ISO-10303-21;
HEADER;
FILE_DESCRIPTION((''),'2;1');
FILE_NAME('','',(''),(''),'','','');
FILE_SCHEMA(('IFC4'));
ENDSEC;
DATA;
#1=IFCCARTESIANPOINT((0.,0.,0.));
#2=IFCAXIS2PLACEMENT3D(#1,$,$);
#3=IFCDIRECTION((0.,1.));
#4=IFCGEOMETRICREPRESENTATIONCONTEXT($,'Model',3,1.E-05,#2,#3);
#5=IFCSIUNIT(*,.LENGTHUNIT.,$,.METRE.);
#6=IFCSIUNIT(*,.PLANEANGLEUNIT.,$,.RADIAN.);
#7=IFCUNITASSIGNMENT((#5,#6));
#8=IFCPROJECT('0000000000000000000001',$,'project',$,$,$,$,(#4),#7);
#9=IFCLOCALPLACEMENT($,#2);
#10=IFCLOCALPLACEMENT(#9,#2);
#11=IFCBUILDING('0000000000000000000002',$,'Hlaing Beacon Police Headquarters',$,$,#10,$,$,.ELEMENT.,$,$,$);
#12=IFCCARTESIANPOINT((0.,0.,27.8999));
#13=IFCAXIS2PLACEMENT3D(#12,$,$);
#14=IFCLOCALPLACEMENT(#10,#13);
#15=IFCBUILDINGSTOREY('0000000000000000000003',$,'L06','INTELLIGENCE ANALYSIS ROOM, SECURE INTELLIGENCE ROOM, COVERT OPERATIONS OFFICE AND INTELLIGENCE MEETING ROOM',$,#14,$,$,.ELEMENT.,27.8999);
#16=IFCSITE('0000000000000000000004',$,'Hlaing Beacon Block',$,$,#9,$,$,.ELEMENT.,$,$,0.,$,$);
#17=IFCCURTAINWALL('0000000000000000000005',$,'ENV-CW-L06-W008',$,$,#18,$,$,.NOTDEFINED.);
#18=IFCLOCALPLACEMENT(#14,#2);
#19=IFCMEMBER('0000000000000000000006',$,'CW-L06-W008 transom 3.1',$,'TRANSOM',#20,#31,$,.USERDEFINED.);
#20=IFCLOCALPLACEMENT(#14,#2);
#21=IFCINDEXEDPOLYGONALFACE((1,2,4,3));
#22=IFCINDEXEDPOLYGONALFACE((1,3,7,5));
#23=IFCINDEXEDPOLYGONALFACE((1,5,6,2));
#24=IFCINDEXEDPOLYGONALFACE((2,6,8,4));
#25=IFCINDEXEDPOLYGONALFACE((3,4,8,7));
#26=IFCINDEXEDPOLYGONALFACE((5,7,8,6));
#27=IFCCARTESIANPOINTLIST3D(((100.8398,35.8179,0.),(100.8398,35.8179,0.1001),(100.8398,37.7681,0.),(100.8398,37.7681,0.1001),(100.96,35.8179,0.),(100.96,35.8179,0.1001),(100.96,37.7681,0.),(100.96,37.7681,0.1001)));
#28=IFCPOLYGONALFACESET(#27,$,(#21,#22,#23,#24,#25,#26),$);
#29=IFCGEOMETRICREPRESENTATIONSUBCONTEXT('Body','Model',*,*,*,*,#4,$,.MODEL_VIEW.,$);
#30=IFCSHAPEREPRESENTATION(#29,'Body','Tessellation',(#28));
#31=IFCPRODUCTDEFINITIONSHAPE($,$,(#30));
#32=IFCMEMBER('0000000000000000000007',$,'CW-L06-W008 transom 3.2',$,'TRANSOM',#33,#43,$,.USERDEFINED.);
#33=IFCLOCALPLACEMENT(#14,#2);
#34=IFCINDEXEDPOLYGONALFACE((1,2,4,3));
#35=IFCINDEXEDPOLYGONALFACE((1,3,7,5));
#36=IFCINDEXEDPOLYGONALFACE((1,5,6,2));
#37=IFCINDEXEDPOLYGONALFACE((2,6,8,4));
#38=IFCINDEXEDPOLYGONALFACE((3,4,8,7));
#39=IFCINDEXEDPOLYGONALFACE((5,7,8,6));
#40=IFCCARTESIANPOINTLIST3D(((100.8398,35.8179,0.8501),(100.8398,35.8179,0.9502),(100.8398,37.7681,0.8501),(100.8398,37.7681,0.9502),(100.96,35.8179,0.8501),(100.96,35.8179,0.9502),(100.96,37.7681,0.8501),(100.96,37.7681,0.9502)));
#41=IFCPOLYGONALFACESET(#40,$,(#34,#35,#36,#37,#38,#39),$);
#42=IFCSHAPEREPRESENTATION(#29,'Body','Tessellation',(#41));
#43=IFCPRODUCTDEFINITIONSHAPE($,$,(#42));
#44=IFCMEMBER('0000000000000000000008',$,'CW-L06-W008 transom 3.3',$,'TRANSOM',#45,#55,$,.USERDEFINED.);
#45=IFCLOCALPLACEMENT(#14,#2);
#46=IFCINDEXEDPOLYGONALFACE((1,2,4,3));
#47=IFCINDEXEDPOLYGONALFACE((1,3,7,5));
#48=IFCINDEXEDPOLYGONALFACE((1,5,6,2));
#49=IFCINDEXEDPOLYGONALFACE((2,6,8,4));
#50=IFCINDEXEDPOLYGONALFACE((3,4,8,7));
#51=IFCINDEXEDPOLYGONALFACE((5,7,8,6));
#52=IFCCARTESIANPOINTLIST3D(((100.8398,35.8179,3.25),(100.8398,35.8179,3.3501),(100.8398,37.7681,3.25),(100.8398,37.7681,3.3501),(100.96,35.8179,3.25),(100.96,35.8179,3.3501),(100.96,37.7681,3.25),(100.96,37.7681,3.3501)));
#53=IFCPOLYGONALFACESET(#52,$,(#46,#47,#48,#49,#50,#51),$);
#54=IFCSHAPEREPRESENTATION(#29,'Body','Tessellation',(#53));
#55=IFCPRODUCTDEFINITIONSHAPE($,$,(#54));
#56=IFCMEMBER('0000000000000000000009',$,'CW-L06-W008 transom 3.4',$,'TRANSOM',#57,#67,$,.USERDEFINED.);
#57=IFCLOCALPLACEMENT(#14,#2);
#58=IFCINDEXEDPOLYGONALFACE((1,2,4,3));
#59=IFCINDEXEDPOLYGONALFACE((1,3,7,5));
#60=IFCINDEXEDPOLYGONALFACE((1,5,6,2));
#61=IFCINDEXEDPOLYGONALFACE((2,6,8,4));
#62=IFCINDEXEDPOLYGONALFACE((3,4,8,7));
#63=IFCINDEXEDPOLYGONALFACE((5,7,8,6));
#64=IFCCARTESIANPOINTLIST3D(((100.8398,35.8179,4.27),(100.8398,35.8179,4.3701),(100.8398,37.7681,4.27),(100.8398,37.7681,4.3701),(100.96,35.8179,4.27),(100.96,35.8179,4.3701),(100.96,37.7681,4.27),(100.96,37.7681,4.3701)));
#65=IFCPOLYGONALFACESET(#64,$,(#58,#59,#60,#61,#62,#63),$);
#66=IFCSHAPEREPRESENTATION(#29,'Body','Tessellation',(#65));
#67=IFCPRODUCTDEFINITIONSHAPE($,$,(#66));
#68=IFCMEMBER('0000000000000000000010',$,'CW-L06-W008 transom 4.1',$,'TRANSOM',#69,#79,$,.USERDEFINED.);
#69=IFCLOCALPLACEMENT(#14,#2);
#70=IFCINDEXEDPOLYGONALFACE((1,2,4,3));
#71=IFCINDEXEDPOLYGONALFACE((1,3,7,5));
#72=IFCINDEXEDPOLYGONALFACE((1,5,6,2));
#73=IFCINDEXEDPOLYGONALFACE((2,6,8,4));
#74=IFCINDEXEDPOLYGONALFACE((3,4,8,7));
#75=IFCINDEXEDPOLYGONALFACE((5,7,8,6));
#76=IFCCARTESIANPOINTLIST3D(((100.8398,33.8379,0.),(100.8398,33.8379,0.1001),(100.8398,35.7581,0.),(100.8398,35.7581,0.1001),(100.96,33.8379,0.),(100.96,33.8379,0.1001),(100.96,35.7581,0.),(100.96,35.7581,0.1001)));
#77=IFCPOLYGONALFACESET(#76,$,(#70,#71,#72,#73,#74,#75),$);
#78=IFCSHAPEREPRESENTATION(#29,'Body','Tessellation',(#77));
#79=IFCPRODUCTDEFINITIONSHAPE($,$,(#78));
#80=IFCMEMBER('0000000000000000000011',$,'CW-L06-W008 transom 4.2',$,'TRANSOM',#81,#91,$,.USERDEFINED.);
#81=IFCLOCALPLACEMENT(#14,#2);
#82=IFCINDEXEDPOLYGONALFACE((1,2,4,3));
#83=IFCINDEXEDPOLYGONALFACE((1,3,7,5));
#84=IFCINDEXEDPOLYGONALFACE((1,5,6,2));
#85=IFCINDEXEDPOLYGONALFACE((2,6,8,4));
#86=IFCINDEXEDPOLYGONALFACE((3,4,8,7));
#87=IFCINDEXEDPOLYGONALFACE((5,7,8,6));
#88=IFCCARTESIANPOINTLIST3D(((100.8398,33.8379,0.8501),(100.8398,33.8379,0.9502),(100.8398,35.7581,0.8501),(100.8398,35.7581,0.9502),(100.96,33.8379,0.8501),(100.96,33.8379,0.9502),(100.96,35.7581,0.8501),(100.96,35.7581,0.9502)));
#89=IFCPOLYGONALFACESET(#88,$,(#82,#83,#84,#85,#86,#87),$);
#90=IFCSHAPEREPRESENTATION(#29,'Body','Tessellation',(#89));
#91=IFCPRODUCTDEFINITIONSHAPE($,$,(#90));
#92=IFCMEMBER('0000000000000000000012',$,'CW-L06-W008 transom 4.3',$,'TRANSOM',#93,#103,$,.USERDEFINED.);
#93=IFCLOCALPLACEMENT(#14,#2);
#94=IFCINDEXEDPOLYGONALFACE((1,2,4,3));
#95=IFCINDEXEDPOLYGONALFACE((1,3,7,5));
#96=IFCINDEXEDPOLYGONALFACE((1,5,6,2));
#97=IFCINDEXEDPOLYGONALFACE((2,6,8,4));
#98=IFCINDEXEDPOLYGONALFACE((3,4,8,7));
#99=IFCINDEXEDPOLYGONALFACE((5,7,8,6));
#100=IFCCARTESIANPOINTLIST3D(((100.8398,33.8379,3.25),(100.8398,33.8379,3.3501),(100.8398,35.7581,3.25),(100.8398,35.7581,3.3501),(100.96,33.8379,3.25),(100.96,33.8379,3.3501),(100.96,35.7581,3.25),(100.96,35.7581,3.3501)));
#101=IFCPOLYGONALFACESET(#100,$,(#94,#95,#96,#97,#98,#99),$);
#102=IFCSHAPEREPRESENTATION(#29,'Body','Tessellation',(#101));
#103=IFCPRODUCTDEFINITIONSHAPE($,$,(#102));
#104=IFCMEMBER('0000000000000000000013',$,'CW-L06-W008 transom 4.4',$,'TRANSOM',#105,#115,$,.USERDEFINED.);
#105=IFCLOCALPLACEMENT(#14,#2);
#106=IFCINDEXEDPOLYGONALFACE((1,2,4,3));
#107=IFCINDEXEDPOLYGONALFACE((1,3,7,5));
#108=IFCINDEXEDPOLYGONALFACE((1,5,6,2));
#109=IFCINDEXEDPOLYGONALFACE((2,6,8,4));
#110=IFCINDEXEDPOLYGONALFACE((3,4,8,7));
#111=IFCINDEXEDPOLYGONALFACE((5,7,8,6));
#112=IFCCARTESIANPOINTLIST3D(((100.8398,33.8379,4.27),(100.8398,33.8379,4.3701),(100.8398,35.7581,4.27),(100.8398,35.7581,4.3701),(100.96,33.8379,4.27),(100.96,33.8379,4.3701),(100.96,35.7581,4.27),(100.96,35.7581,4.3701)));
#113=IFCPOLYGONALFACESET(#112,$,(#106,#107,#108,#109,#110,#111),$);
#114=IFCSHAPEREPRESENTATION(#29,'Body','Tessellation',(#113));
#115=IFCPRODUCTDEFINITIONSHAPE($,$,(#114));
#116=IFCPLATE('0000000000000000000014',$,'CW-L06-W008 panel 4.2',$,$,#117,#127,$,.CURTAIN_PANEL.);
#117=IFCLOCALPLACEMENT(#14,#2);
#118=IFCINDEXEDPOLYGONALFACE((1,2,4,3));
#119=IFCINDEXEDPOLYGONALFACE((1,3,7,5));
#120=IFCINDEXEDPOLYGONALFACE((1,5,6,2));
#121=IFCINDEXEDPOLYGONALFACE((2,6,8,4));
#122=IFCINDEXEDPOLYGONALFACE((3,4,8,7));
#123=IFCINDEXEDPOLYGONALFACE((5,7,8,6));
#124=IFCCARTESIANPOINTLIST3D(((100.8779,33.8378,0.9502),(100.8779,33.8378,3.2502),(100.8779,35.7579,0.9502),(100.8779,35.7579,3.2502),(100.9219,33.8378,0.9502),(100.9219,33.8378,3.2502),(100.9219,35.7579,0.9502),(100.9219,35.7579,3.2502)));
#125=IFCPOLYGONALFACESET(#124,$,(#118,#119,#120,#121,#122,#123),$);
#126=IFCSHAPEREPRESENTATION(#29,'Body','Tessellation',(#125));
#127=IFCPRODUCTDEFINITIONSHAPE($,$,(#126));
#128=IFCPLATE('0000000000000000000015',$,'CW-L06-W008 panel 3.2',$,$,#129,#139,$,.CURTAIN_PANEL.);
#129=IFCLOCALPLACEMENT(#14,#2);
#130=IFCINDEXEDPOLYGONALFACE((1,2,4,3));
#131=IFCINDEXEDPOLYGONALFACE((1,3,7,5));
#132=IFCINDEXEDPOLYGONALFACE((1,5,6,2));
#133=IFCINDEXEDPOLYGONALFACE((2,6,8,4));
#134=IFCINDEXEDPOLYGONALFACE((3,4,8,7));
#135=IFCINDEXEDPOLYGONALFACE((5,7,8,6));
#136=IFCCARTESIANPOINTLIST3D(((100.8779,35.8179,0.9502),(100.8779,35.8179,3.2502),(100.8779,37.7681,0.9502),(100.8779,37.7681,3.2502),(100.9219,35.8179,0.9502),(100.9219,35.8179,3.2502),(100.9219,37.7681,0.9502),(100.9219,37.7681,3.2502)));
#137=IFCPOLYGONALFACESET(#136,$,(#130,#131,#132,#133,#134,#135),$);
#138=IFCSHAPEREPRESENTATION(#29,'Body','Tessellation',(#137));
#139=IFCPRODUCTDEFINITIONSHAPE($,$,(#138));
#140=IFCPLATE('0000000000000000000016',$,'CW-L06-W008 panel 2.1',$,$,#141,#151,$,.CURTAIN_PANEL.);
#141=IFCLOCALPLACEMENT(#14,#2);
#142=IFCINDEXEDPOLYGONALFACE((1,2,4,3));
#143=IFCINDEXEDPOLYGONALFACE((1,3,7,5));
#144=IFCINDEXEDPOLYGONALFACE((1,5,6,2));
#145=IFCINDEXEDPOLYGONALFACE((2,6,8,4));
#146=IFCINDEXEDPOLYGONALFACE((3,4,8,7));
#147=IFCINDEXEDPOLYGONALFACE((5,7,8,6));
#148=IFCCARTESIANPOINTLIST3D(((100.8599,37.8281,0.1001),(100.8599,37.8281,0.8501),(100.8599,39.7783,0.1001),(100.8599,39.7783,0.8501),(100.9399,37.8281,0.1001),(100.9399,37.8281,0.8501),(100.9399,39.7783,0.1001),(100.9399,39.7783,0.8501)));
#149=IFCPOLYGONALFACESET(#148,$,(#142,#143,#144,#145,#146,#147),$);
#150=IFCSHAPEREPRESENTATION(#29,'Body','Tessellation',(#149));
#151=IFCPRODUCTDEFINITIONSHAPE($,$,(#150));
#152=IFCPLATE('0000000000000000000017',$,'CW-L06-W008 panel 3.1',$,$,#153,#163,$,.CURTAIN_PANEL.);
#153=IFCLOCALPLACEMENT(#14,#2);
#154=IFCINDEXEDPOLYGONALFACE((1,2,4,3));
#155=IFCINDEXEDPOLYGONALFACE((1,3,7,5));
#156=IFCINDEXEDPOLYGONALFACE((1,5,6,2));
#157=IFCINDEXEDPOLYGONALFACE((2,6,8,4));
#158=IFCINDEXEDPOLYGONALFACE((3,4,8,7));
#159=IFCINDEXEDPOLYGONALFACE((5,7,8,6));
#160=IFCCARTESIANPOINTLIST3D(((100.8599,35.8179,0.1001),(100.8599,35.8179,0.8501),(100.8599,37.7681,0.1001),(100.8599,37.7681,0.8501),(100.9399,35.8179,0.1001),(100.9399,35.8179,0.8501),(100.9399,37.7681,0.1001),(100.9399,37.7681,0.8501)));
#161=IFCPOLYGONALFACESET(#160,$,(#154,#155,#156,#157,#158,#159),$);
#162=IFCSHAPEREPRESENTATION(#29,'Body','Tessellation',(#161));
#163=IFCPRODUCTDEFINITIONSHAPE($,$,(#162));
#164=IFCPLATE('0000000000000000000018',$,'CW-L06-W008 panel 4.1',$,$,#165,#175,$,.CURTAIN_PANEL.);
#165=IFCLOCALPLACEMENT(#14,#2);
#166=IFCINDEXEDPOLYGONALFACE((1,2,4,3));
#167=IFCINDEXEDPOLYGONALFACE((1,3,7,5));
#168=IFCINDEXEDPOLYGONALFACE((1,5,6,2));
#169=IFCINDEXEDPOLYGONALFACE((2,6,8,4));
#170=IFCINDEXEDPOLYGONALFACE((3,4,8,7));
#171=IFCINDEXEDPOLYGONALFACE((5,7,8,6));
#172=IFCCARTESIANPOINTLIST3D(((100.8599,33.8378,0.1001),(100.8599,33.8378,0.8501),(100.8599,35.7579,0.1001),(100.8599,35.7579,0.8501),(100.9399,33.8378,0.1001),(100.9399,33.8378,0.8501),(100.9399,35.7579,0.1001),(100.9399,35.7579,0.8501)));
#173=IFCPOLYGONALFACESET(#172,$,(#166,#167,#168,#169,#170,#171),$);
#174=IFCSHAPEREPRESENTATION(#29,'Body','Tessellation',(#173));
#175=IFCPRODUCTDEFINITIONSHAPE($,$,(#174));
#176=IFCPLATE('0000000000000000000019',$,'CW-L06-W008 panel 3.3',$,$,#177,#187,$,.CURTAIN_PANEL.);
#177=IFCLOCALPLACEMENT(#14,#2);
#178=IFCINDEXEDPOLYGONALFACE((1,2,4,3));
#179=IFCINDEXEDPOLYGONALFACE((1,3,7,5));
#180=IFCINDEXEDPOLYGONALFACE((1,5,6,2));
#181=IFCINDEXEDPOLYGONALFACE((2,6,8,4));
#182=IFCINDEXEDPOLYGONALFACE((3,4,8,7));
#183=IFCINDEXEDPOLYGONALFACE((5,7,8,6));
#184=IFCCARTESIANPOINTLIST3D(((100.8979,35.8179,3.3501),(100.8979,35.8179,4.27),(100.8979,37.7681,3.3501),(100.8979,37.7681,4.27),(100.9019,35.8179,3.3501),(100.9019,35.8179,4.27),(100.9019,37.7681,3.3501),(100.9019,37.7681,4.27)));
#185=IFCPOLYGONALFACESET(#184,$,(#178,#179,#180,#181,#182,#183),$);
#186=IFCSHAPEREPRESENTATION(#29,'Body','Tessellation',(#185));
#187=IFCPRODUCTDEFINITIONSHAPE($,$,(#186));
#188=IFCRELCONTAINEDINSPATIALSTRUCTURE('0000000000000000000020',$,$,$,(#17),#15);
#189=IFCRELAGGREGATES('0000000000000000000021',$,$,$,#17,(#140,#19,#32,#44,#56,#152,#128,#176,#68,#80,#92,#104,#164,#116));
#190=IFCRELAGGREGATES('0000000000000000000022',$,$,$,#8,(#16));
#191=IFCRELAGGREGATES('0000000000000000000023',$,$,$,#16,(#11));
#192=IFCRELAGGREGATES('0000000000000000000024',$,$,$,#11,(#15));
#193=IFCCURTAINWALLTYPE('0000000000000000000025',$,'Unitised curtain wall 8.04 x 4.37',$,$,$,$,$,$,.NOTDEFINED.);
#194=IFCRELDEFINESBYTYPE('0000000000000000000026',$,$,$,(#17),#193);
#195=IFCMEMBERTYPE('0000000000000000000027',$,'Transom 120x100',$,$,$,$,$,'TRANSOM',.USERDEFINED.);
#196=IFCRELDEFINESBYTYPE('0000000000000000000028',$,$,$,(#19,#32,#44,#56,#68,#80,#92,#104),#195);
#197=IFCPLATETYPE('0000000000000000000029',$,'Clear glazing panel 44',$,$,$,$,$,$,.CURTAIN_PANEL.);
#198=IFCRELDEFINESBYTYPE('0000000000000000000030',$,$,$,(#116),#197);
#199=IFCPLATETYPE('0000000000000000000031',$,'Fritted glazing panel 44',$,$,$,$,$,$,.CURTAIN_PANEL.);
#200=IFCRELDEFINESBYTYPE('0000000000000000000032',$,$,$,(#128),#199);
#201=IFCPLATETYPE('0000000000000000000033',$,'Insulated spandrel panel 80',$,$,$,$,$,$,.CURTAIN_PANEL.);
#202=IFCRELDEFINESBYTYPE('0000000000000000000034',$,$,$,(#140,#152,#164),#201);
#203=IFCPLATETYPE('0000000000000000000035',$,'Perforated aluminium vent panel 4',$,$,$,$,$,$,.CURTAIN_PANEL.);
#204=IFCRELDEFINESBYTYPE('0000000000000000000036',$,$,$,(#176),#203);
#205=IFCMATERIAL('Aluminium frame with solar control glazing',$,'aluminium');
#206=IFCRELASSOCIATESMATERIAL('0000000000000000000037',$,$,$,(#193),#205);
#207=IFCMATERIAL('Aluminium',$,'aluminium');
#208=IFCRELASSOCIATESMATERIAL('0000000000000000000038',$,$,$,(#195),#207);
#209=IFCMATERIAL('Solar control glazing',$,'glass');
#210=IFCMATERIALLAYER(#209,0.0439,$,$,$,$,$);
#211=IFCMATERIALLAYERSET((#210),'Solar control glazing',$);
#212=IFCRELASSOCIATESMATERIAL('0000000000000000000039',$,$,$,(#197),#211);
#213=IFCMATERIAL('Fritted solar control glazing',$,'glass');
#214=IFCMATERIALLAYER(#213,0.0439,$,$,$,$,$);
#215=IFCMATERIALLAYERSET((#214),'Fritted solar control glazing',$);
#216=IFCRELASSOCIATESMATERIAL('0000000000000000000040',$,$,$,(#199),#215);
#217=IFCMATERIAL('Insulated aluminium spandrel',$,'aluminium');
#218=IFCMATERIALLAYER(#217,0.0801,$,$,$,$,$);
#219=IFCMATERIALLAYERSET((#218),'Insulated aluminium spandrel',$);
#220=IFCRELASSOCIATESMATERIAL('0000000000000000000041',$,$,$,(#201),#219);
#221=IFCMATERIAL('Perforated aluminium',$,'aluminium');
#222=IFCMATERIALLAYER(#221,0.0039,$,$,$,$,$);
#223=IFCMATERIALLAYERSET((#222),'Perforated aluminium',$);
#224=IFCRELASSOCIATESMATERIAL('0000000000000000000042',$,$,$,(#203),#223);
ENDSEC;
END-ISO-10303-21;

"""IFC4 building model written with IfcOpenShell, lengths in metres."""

from ifc_helpers import new_model, si_unit, direction, frame, origin, origin_2d, place, context, subcontext, project, spatial, rectangle, extrude, material, layer, layer_set, material_profile, profile_set, type_object, element, aggregate, save


model = new_model("IFC4")

# Units and contexts
model_context = context("Model", 3, precision=1e-05, world=origin(), true_north=direction((0.0, 1.0)))
body_context = subcontext(model_context, "Body", "Model", "MODEL_VIEW")
ifc_project = project(units=[si_unit("LENGTHUNIT", "METRE"), si_unit("PLANEANGLEUNIT", "RADIAN")], contexts=[model_context])

# Site, building, storey
site_placement = place(None, origin())
site = spatial("IfcSite", under=ifc_project, at=site_placement, Name="Hlaing Beacon Block", CompositionType="ELEMENT", RefElevation=0.0)
building_placement = place(site_placement, origin())
building = spatial("IfcBuilding", under=site, at=building_placement, Name="Hlaing Beacon Police Headquarters", CompositionType="ELEMENT")
storey_placement = place(building_placement, frame((0.0, 0.0, 27.8999)))
storey = spatial("IfcBuildingStorey", under=building, at=storey_placement, Name="L06", Description="INTELLIGENCE ANALYSIS ROOM, SECURE INTELLIGENCE ROOM, COVERT OPERATIONS OFFICE AND INTELLIGENCE MEETING ROOM", CompositionType="ELEMENT", Elevation=27.8999)

# Curtain wall
ifc_material_1 = material(Name="Aluminium frame with solar control glazing", Category="aluminium")
curtain_wall_type = type_object("IfcCurtainWallType", Name="Unitised curtain wall 8.04 x 4.37", PredefinedType="NOTDEFINED", material=ifc_material_1)
curtain_wall_placement = place(storey_placement, origin())
curtain_wall = element("IfcCurtainWall", 1, at=curtain_wall_placement, inside=storey, type_object=curtain_wall_type, Name="ENV-CW-L06-W008", PredefinedType="NOTDEFINED")

# Members
ifc_material_2 = material(Name="Aluminium", Category="aluminium")
ifc_material_profile_1 = material_profile(ifc_material_2, rectangle(XDim=0.1201, YDim=0.1001, at=origin_2d()), Name="Transom 120x100")
ifc_profile_set_1 = profile_set([ifc_material_profile_1], Name="Aluminium")
member_type_1 = type_object("IfcMemberType", Name="Transom 120x100", ElementType="TRANSOM", PredefinedType="USERDEFINED", material=ifc_profile_set_1)
member_1_placement = place(storey_placement, frame((100.8999, 37.7681, 0.05), z_axis=(0.0, -1.0, 0.0), x_axis=(1.0, 0.0, 0.0)))
member_1 = element("IfcMember", 2, at=member_1_placement, type_object=member_type_1, Name="CW-L06-W008 transom 3.1", ObjectType="TRANSOM", PredefinedType="USERDEFINED", context=body_context, shape_type="SweptSolid", body=[
    extrude(rectangle(XDim=0.1201, YDim=0.1001, at=origin_2d()), origin(), (0.0, 0.0, 1.0), 1.9502),
])
member_2_placement = place(storey_placement, frame((100.8999, 37.7681, 0.9001), z_axis=(0.0, -1.0, 0.0), x_axis=(1.0, 0.0, 0.0)))
member_2 = element("IfcMember", 3, at=member_2_placement, type_object=member_type_1, Name="CW-L06-W008 transom 3.2", ObjectType="TRANSOM", PredefinedType="USERDEFINED", context=body_context, shape_type="SweptSolid", body=[
    extrude(rectangle(XDim=0.1201, YDim=0.1001, at=origin_2d()), origin(), (0.0, 0.0, 1.0), 1.9502),
])
member_3_placement = place(storey_placement, frame((100.8999, 37.7681, 3.3), z_axis=(0.0, -1.0, 0.0), x_axis=(1.0, 0.0, 0.0)))
member_3 = element("IfcMember", 4, at=member_3_placement, type_object=member_type_1, Name="CW-L06-W008 transom 3.3", ObjectType="TRANSOM", PredefinedType="USERDEFINED", context=body_context, shape_type="SweptSolid", body=[
    extrude(rectangle(XDim=0.1201, YDim=0.1001, at=origin_2d()), origin(), (0.0, 0.0, 1.0), 1.9502),
])
member_4_placement = place(storey_placement, frame((100.8999, 37.7681, 4.3201), z_axis=(0.0, -1.0, 0.0), x_axis=(1.0, 0.0, 0.0)))
member_4 = element("IfcMember", 5, at=member_4_placement, type_object=member_type_1, Name="CW-L06-W008 transom 3.4", ObjectType="TRANSOM", PredefinedType="USERDEFINED", context=body_context, shape_type="SweptSolid", body=[
    extrude(rectangle(XDim=0.1201, YDim=0.1001, at=origin_2d()), origin(), (0.0, 0.0, 1.0), 1.9502),
])
member_5_placement = place(storey_placement, frame((100.8999, 35.7581, 0.05), z_axis=(0.0, -1.0, 0.0), x_axis=(1.0, 0.0, 0.0)))
member_5 = element("IfcMember", 6, at=member_5_placement, type_object=member_type_1, Name="CW-L06-W008 transom 4.1", ObjectType="TRANSOM", PredefinedType="USERDEFINED", context=body_context, shape_type="SweptSolid", body=[
    extrude(rectangle(XDim=0.1201, YDim=0.1001, at=origin_2d()), origin(), (0.0, 0.0, 1.0), 1.9202),
])
member_6_placement = place(storey_placement, frame((100.8999, 35.7581, 0.9001), z_axis=(0.0, -1.0, 0.0), x_axis=(1.0, 0.0, 0.0)))
member_6 = element("IfcMember", 7, at=member_6_placement, type_object=member_type_1, Name="CW-L06-W008 transom 4.2", ObjectType="TRANSOM", PredefinedType="USERDEFINED", context=body_context, shape_type="SweptSolid", body=[
    extrude(rectangle(XDim=0.1201, YDim=0.1001, at=origin_2d()), origin(), (0.0, 0.0, 1.0), 1.9202),
])
member_7_placement = place(storey_placement, frame((100.8999, 35.7581, 3.3), z_axis=(0.0, -1.0, 0.0), x_axis=(1.0, 0.0, 0.0)))
member_7 = element("IfcMember", 8, at=member_7_placement, type_object=member_type_1, Name="CW-L06-W008 transom 4.3", ObjectType="TRANSOM", PredefinedType="USERDEFINED", context=body_context, shape_type="SweptSolid", body=[
    extrude(rectangle(XDim=0.1201, YDim=0.1001, at=origin_2d()), origin(), (0.0, 0.0, 1.0), 1.9202),
])
member_8_placement = place(storey_placement, frame((100.8999, 35.7581, 4.3201), z_axis=(0.0, -1.0, 0.0), x_axis=(1.0, 0.0, 0.0)))
member_8 = element("IfcMember", 9, at=member_8_placement, type_object=member_type_1, Name="CW-L06-W008 transom 4.4", ObjectType="TRANSOM", PredefinedType="USERDEFINED", context=body_context, shape_type="SweptSolid", body=[
    extrude(rectangle(XDim=0.1201, YDim=0.1001, at=origin_2d()), origin(), (0.0, 0.0, 1.0), 1.9202),
])

# Plates
ifc_material_3 = material(Name="Solar control glazing", Category="glass")
ifc_layer_1 = layer(ifc_material_3, 0.0439)
ifc_layer_set_1 = layer_set([ifc_layer_1], Name="Solar control glazing")
plate_type_1 = type_object("IfcPlateType", Name="Clear glazing panel 44", PredefinedType="CURTAIN_PANEL", material=ifc_layer_set_1)
plate_1_placement = place(storey_placement, frame((100.8999, 34.7979, 0.9502), z_axis=(0.0, 0.0, 1.0), x_axis=(0.0, -1.0, 0.0)))
plate_1 = element("IfcPlate", 10, at=plate_1_placement, type_object=plate_type_1, Name="CW-L06-W008 panel 4.2", PredefinedType="CURTAIN_PANEL", context=body_context, shape_type="SweptSolid", body=[
    extrude(rectangle(XDim=1.9202, YDim=0.0439, at=origin_2d()), origin(), (0.0, 0.0, 1.0), 2.3),
])
ifc_material_4 = material(Name="Fritted solar control glazing", Category="glass")
ifc_layer_2 = layer(ifc_material_4, 0.0439)
ifc_layer_set_2 = layer_set([ifc_layer_2], Name="Fritted solar control glazing")
plate_type_2 = type_object("IfcPlateType", Name="Fritted glazing panel 44", PredefinedType="CURTAIN_PANEL", material=ifc_layer_set_2)
plate_2_placement = place(storey_placement, frame((100.8999, 36.793, 0.9502), z_axis=(0.0, 0.0, 1.0), x_axis=(0.0, -1.0, 0.0)))
plate_2 = element("IfcPlate", 11, at=plate_2_placement, type_object=plate_type_2, Name="CW-L06-W008 panel 3.2", PredefinedType="CURTAIN_PANEL", context=body_context, shape_type="SweptSolid", body=[
    extrude(rectangle(XDim=1.9502, YDim=0.0439, at=origin_2d()), origin(), (0.0, 0.0, 1.0), 2.3),
])
ifc_material_5 = material(Name="Insulated aluminium spandrel", Category="aluminium")
ifc_layer_3 = layer(ifc_material_5, 0.0801)
ifc_layer_set_3 = layer_set([ifc_layer_3], Name="Insulated aluminium spandrel")
plate_type_3 = type_object("IfcPlateType", Name="Insulated spandrel panel 80", PredefinedType="CURTAIN_PANEL", material=ifc_layer_set_3)
plate_3_placement = place(storey_placement, frame((100.8999, 38.8032, 0.1001), z_axis=(0.0, 0.0, 1.0), x_axis=(0.0, -1.0, 0.0)))
plate_3 = element("IfcPlate", 12, at=plate_3_placement, type_object=plate_type_3, Name="CW-L06-W008 panel 2.1", PredefinedType="CURTAIN_PANEL", context=body_context, shape_type="SweptSolid", body=[
    extrude(rectangle(XDim=1.9502, YDim=0.0801, at=origin_2d()), origin(), (0.0, 0.0, 1.0), 0.75),
])
plate_4_placement = place(storey_placement, frame((100.8999, 36.793, 0.1001), z_axis=(0.0, 0.0, 1.0), x_axis=(0.0, -1.0, 0.0)))
plate_4 = element("IfcPlate", 13, at=plate_4_placement, type_object=plate_type_3, Name="CW-L06-W008 panel 3.1", PredefinedType="CURTAIN_PANEL", context=body_context, shape_type="SweptSolid", body=[
    extrude(rectangle(XDim=1.9502, YDim=0.0801, at=origin_2d()), origin(), (0.0, 0.0, 1.0), 0.75),
])
plate_5_placement = place(storey_placement, frame((100.8999, 34.7979, 0.1001), z_axis=(0.0, 0.0, 1.0), x_axis=(0.0, -1.0, 0.0)))
plate_5 = element("IfcPlate", 14, at=plate_5_placement, type_object=plate_type_3, Name="CW-L06-W008 panel 4.1", PredefinedType="CURTAIN_PANEL", context=body_context, shape_type="SweptSolid", body=[
    extrude(rectangle(XDim=1.9202, YDim=0.0801, at=origin_2d()), origin(), (0.0, 0.0, 1.0), 0.75),
])
ifc_material_6 = material(Name="Perforated aluminium", Category="aluminium")
ifc_layer_4 = layer(ifc_material_6, 0.0039)
ifc_layer_set_4 = layer_set([ifc_layer_4], Name="Perforated aluminium")
plate_type_4 = type_object("IfcPlateType", Name="Perforated aluminium vent panel 4", PredefinedType="CURTAIN_PANEL", material=ifc_layer_set_4)
plate_6_placement = place(storey_placement, frame((100.8999, 36.793, 3.3501), z_axis=(0.0, 0.0, 1.0), x_axis=(0.0, -1.0, 0.0)))
plate_6 = element("IfcPlate", 15, at=plate_6_placement, type_object=plate_type_4, Name="CW-L06-W008 panel 3.3", PredefinedType="CURTAIN_PANEL", context=body_context, shape_type="SweptSolid", body=[
    extrude(rectangle(XDim=1.9502, YDim=0.0039, at=origin_2d()), origin(), (0.0, 0.0, 1.0), 0.9199),
])
aggregate(curtain_wall, [plate_3, member_1, member_2, member_3, member_4, plate_4, plate_2, plate_6, member_5, member_6, member_7, member_8, plate_5, plate_1])

save(model, "model.ifc")
